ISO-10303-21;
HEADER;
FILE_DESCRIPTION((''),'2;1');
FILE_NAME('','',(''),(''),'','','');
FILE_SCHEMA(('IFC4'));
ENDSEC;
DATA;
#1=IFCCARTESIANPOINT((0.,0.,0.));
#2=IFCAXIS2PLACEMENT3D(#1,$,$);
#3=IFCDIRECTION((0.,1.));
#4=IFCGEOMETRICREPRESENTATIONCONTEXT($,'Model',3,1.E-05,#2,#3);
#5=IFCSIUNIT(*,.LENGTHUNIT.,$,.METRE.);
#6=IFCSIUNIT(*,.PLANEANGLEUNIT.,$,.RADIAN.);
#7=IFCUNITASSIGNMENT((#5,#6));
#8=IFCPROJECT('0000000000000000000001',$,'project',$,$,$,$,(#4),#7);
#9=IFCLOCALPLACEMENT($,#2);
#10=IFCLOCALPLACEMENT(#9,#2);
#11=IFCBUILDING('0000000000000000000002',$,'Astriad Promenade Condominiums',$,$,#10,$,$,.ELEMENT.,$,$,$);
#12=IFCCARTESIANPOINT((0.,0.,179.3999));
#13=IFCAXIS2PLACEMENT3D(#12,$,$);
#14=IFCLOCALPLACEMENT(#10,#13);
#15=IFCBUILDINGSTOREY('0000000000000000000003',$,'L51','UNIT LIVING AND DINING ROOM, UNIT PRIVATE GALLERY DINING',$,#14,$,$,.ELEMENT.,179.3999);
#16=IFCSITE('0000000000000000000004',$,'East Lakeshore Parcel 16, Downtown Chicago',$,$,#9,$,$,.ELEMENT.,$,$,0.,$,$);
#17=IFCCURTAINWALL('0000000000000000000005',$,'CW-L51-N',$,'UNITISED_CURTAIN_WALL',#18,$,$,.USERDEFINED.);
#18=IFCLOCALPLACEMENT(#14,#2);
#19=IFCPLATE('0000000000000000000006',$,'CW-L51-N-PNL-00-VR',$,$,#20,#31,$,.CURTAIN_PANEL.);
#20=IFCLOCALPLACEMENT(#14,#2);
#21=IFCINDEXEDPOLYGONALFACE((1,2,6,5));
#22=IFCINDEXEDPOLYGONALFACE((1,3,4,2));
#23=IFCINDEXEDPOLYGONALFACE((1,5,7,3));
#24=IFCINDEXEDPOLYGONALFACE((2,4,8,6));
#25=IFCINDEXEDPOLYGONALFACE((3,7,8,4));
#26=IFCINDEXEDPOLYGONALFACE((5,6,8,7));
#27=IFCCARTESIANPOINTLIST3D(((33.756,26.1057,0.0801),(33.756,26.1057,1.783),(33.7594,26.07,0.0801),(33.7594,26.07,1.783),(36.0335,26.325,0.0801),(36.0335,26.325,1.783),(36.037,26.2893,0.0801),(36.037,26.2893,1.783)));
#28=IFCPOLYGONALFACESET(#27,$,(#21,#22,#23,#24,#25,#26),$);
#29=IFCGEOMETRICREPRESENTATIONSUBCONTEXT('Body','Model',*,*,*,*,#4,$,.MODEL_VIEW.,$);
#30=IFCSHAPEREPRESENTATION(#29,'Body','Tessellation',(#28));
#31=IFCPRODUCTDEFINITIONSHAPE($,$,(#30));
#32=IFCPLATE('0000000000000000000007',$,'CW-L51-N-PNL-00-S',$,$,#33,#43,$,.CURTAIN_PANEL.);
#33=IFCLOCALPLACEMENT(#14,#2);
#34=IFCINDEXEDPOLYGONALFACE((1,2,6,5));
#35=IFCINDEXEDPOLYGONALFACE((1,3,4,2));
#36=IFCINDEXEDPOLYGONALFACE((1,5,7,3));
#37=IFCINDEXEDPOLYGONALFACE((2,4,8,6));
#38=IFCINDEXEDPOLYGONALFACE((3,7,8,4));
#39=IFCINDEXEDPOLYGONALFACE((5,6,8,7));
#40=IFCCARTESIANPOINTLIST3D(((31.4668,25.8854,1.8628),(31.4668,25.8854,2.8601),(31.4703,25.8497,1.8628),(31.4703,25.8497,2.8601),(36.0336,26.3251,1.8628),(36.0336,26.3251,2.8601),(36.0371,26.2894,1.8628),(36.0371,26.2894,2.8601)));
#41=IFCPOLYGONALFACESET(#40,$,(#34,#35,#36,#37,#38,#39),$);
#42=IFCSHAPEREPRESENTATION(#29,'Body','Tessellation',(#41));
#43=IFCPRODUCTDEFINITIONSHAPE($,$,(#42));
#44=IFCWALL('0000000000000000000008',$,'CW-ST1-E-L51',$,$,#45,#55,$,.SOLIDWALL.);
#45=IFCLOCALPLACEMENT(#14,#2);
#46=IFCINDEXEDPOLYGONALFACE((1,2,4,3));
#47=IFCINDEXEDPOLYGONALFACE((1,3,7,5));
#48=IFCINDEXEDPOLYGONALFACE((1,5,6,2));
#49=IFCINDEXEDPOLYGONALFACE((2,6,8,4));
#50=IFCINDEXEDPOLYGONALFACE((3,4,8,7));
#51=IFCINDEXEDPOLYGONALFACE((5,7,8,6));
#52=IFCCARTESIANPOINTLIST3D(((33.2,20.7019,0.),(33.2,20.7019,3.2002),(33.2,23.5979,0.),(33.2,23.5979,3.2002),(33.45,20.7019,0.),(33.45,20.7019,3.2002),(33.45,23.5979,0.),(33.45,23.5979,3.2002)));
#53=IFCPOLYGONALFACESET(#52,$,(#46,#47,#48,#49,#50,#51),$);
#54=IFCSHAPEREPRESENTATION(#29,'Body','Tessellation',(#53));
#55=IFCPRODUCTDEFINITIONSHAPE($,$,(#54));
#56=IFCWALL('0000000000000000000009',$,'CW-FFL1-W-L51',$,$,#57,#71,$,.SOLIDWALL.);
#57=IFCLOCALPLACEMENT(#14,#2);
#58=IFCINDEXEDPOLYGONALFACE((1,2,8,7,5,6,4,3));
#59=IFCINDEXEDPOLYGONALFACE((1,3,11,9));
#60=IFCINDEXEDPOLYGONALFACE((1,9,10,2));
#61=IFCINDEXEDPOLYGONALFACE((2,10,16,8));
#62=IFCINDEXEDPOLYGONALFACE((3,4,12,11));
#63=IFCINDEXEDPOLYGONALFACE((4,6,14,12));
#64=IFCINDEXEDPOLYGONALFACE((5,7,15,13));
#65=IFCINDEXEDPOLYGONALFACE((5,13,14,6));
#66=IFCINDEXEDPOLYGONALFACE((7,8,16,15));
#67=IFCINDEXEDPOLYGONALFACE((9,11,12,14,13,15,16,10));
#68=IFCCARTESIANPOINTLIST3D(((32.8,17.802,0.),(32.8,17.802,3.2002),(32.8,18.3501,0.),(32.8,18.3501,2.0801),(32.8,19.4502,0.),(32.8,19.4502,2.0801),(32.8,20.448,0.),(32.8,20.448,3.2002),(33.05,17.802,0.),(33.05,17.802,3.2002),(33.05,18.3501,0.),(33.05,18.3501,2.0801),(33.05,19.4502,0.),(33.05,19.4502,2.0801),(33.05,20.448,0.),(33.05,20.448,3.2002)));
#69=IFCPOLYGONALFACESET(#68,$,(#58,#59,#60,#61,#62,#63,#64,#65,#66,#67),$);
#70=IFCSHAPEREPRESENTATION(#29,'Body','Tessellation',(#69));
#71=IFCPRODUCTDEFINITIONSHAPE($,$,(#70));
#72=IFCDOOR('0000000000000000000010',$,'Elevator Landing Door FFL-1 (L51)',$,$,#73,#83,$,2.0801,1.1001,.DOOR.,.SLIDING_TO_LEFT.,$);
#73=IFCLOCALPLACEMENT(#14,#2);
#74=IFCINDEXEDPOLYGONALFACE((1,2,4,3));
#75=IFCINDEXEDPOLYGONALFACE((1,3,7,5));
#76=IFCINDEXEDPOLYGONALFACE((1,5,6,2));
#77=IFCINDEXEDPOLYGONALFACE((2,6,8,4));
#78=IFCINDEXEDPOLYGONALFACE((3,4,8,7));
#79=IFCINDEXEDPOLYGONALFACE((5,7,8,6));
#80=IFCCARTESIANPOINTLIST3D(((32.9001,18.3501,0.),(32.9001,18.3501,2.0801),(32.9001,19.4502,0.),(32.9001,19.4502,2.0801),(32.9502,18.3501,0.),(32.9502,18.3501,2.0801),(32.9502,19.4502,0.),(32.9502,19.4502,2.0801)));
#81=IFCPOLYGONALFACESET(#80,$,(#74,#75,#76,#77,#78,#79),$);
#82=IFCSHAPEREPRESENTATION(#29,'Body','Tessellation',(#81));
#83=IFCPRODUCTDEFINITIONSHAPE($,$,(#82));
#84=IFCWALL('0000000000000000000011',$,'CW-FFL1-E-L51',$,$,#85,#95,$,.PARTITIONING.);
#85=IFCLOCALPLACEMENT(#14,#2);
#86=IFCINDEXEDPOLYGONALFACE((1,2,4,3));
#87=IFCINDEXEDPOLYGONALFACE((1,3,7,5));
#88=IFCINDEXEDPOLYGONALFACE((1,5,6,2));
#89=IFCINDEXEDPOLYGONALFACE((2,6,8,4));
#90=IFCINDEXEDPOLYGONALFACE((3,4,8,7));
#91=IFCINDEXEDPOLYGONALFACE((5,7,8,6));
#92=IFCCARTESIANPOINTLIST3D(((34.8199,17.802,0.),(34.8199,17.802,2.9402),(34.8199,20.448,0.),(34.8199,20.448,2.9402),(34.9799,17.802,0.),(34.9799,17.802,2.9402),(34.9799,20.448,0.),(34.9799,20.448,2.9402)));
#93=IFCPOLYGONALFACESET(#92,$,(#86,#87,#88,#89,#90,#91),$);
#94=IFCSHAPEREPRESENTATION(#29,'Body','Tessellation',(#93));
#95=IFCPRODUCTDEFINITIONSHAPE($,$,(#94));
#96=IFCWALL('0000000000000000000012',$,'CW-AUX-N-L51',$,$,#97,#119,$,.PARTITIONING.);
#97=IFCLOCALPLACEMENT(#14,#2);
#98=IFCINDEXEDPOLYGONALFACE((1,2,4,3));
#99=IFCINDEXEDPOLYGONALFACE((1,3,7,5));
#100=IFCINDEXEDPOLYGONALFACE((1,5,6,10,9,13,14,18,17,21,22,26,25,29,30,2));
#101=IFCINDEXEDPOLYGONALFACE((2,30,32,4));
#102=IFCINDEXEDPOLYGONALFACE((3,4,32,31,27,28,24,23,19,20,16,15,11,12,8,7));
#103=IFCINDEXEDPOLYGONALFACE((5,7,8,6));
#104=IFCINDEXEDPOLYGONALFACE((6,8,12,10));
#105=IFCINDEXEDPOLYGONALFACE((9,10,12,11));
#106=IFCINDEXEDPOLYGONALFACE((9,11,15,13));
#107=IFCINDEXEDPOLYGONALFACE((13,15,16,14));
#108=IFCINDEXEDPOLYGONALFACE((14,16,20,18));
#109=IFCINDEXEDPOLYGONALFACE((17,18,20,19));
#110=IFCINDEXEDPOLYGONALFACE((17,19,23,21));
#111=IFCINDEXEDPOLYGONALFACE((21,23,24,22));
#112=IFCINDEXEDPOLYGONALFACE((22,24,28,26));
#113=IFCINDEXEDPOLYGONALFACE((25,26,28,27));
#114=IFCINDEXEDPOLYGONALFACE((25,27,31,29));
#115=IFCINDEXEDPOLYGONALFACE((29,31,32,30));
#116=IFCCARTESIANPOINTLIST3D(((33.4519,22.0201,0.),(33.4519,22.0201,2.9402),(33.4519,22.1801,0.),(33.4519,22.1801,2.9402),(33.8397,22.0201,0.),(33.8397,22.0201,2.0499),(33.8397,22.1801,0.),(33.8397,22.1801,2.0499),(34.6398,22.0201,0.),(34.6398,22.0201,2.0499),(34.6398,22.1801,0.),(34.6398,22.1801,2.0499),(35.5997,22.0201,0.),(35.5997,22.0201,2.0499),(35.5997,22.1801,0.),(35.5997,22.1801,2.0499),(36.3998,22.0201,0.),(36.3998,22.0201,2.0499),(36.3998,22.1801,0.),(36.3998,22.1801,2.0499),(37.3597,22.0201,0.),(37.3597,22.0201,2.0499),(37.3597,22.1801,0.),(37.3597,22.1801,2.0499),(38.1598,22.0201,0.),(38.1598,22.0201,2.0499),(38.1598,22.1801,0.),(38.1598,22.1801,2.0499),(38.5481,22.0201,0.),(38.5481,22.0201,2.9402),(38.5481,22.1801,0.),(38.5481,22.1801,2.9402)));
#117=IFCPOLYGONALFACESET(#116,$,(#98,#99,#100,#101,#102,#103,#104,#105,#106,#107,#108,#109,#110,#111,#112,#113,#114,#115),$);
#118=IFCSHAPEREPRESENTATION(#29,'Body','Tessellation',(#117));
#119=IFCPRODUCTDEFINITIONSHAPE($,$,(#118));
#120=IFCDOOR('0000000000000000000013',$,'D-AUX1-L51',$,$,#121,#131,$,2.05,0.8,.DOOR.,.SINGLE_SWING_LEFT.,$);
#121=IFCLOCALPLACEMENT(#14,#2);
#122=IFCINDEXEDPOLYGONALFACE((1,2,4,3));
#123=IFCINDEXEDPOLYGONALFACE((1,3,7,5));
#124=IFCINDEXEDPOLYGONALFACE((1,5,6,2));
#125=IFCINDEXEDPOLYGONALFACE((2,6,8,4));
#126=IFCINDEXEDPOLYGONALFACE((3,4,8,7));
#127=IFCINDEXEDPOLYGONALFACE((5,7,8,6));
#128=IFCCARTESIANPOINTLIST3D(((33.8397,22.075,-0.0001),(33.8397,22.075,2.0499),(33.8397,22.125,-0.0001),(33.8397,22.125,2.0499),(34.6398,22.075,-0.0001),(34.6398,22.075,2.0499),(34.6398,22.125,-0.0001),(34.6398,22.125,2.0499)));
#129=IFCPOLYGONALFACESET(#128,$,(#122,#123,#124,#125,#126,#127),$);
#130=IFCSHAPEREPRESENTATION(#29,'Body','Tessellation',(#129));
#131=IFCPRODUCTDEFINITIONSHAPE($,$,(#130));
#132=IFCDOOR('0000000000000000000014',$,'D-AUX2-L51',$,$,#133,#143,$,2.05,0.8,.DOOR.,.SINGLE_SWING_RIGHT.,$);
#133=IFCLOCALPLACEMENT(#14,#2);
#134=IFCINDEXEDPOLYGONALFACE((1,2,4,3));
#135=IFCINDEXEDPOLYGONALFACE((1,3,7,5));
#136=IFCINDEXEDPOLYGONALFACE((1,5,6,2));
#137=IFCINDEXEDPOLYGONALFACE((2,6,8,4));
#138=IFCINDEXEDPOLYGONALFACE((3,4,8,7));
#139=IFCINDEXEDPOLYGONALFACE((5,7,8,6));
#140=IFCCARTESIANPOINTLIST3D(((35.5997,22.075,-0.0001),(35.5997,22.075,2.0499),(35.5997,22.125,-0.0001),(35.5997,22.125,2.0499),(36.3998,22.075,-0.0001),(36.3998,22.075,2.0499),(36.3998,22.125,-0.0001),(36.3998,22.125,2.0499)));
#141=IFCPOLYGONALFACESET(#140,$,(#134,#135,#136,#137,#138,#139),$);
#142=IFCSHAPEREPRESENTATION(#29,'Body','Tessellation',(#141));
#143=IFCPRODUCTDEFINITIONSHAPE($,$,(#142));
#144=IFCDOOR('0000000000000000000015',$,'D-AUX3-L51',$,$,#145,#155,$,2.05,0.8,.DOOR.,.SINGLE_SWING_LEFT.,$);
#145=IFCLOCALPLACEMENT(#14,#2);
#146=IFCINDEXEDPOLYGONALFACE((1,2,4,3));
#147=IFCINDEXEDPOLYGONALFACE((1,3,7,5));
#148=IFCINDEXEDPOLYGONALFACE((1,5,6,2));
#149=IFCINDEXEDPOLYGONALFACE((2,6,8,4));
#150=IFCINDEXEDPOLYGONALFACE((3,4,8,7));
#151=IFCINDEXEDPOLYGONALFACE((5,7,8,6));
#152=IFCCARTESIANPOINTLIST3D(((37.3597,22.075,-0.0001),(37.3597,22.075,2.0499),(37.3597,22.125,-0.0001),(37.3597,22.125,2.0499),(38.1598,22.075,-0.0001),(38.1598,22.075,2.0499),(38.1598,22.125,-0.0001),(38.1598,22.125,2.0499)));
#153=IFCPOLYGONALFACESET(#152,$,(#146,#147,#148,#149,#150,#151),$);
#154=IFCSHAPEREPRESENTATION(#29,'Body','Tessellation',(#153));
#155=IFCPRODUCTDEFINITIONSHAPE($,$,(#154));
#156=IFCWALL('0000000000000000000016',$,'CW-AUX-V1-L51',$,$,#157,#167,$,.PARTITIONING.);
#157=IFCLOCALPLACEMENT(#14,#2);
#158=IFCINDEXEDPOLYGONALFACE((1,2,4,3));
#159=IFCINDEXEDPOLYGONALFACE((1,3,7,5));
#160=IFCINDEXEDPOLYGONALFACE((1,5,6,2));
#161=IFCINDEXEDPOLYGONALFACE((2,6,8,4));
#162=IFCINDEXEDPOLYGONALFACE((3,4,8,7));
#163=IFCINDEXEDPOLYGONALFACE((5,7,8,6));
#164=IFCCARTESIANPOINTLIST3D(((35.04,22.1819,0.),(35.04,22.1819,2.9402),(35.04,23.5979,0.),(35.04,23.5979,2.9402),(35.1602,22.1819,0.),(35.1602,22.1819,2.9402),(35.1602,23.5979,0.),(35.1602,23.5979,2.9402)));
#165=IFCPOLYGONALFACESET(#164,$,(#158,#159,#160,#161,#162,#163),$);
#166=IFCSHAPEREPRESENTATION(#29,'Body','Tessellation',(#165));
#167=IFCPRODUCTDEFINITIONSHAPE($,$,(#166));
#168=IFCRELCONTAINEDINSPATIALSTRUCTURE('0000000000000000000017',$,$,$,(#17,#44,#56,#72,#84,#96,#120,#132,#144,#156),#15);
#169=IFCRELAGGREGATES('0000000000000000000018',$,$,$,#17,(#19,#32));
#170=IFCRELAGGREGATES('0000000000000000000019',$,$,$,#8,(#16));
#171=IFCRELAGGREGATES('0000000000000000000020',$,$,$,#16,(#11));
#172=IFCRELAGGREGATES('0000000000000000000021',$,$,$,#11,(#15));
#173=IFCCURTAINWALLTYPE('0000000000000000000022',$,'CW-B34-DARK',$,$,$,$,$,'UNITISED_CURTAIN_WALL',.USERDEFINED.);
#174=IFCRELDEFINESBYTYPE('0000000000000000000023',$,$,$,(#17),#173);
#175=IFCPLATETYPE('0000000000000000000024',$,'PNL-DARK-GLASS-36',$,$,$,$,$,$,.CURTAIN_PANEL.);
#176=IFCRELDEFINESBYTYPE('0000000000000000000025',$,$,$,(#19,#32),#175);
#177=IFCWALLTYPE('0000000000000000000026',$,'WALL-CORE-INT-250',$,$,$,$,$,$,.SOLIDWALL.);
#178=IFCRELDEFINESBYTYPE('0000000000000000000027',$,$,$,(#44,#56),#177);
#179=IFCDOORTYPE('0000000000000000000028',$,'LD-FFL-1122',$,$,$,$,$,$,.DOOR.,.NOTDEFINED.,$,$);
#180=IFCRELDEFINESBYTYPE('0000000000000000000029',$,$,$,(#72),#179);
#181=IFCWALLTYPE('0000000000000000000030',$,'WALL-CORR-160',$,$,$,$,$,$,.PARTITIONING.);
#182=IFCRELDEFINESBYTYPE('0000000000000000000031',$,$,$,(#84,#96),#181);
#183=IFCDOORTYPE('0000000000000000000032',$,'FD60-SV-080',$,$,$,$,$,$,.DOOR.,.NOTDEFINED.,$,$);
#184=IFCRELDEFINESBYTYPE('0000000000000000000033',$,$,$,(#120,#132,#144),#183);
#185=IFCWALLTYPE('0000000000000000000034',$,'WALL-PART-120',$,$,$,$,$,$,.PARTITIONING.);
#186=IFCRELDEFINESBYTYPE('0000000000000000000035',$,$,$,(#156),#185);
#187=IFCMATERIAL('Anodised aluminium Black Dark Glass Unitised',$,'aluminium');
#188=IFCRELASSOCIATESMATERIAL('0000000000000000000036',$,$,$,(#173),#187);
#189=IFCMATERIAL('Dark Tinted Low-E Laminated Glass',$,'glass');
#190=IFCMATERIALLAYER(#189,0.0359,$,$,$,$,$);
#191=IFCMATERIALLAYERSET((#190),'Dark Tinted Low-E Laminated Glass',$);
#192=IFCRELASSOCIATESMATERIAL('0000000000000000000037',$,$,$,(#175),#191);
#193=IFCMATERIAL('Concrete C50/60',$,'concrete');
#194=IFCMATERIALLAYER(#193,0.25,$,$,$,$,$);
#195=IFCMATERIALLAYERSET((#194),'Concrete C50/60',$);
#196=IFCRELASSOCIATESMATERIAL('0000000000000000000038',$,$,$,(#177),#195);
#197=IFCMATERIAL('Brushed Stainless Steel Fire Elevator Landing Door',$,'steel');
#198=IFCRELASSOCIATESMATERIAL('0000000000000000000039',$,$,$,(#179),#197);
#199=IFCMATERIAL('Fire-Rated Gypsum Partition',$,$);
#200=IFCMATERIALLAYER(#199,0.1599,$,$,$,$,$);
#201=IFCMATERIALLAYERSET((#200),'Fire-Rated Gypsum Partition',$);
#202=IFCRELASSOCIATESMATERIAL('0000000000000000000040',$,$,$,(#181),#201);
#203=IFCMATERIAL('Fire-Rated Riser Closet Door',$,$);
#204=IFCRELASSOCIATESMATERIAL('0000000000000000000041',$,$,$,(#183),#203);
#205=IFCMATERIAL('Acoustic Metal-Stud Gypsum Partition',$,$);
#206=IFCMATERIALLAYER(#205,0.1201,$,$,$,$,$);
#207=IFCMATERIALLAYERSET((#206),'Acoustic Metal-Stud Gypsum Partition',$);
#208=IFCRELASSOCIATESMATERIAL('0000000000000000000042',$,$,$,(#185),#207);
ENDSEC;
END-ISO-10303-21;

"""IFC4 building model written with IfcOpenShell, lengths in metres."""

from ifc_helpers import new_model, si_unit, direction, frame, frame_2d, origin, origin_2d, place, context, subcontext, project, spatial, rectangle, extrude, source, transform, mapped, material, layer, layer_set, type_object, type_shapes, element, fill, aggregate, save


model = new_model("IFC4")

# Units and contexts
model_context = context("Model", 3, precision=1e-05, world=origin(), true_north=direction((0.0, 1.0)))
body_context = subcontext(model_context, "Body", "Model", "MODEL_VIEW")
ifc_project = project(units=[si_unit("LENGTHUNIT", "METRE"), si_unit("PLANEANGLEUNIT", "RADIAN")], contexts=[model_context])

# Site, building, storey
site_placement = place(None, origin())
site = spatial("IfcSite", under=ifc_project, at=site_placement, Name="East Lakeshore Parcel 16, Downtown Chicago", CompositionType="ELEMENT", RefElevation=0.0)
building_placement = place(site_placement, origin())
building = spatial("IfcBuilding", under=site, at=building_placement, Name="Astriad Promenade Condominiums", CompositionType="ELEMENT")
storey_placement = place(building_placement, frame((0.0, 0.0, 179.3999)))
storey = spatial("IfcBuildingStorey", under=building, at=storey_placement, Name="L51", Description="UNIT LIVING AND DINING ROOM, UNIT PRIVATE GALLERY DINING", CompositionType="ELEMENT", Elevation=179.3999)

# Curtain wall, plates
ifc_material_1 = material(Name="Anodised aluminium Black Dark Glass Unitised", Category="aluminium")
curtain_wall_type = type_object("IfcCurtainWallType", Name="CW-B34-DARK", ElementType="UNITISED_CURTAIN_WALL", PredefinedType="USERDEFINED", material=ifc_material_1)
curtain_wall_placement = place(storey_placement, origin())
curtain_wall = element("IfcCurtainWall", 1, at=curtain_wall_placement, inside=storey, type_object=curtain_wall_type, Name="CW-L51-N", ObjectType="UNITISED_CURTAIN_WALL", PredefinedType="USERDEFINED")
ifc_material_2 = material(Name="Dark Tinted Low-E Laminated Glass", Category="glass")
ifc_layer_1 = layer(ifc_material_2, 0.0359)
ifc_layer_set_1 = layer_set([ifc_layer_1], Name="Dark Tinted Low-E Laminated Glass")
plate_type = type_object("IfcPlateType", Name="PNL-DARK-GLASS-36", PredefinedType="CURTAIN_PANEL", material=ifc_layer_set_1)
shared_shape_1 = source(origin(), body_context, "Body", "SweptSolid", [
    extrude(rectangle(XDim=2.2881, YDim=0.0359, at=origin_2d()), origin(), (0.0, 0.0, 1.0), 1.7029),
])
plate_1_placement = place(storey_placement, frame((34.8965, 26.1975, 0.0801), z_axis=(0.0, 0.0, 1.0), x_axis=(0.995396, 0.095846, 0.0)))
plate_1 = element("IfcPlate", 2, at=plate_1_placement, type_object=plate_type, Name="CW-L51-N-PNL-00-VR", PredefinedType="CURTAIN_PANEL", context=body_context, shape_type="MappedRepresentation", body=[
    mapped(shared_shape_1, transform((0.0, 0.0, 0.0), scale=1.0)),
])
shared_shape_2 = source(origin(), body_context, "Body", "SweptSolid", [
    extrude(rectangle(XDim=4.5879, YDim=0.0359, at=origin_2d()), origin(), (0.0, 0.0, 1.0), 0.9973),
])
type_shapes(plate_type, [shared_shape_1, shared_shape_2])
plate_2_placement = place(storey_placement, frame((33.752, 26.0874, 1.8628), z_axis=(0.0, 0.0, 1.0), x_axis=(0.995396, 0.095846, 0.0)))
plate_2 = element("IfcPlate", 3, at=plate_2_placement, type_object=plate_type, Name="CW-L51-N-PNL-00-S", PredefinedType="CURTAIN_PANEL", context=body_context, shape_type="MappedRepresentation", body=[
    mapped(shared_shape_2, transform((0.0, 0.0, 0.0), scale=1.0)),
])
aggregate(curtain_wall, [plate_1, plate_2])

# Wall
ifc_material_3 = material(Name="Concrete C50/60", Category="concrete")
ifc_layer_2 = layer(ifc_material_3, 0.25)
ifc_layer_set_2 = layer_set([ifc_layer_2], Name="Concrete C50/60")
wall_type_1 = type_object("IfcWallType", Name="WALL-CORE-INT-250", PredefinedType="SOLIDWALL", material=ifc_layer_set_2)
wall_1_placement = place(storey_placement, frame((33.325, 20.7019, 0.0), z_axis=(0.0, 0.0, 1.0), x_axis=(0.0, 1.0, 0.0)))
element("IfcWall", 4, at=wall_1_placement, inside=storey, type_object=wall_type_1, Name="CW-ST1-E-L51", PredefinedType="SOLIDWALL", context=body_context, shape_type="SweptSolid", body=[
    extrude(rectangle(XDim=2.896, YDim=0.25, at=frame_2d((1.448, 0.0))), origin(), (0.0, 0.0, 1.0), 3.2002),
])

# Wall, opening, door
wall_2_placement = place(storey_placement, frame((32.925, 17.802, 0.0), z_axis=(0.0, 0.0, 1.0), x_axis=(0.0, 1.0, 0.0)))
wall_2 = element("IfcWall", 5, at=wall_2_placement, inside=storey, type_object=wall_type_1, Name="CW-FFL1-W-L51", PredefinedType="SOLIDWALL", context=body_context, shape_type="SweptSolid", body=[
    extrude(rectangle(XDim=2.646, YDim=0.25, at=frame_2d((1.323, 0.0))), origin(), (0.0, 0.0, 1.0), 3.2002),
])
opening_1_placement = place(wall_2_placement, frame((0.5481, 0.0, 0.0)))
opening_1 = element("IfcOpeningElement", 6, at=opening_1_placement, cuts=wall_2, PredefinedType="OPENING", context=body_context, shape_type="SweptSolid", body=[
    extrude(rectangle(XDim=1.1001, YDim=2.0801, at=frame_2d((0.55, 1.04))), frame((0.0, 0.135, 0.0), z_axis=(0.0, -1.0, 0.0), x_axis=(1.0, 0.0, 0.0)), (0.0, 0.0, 1.0), 0.27),
])
ifc_material_4 = material(Name="Brushed Stainless Steel Fire Elevator Landing Door", Category="steel")
door_type_1 = type_object("IfcDoorType", Name="LD-FFL-1122", OperationType="NOTDEFINED", PredefinedType="DOOR", material=ifc_material_4)
shared_shape_3 = source(origin(), body_context, "Body", "SweptSolid", [
    extrude(rectangle(XDim=1.1001, YDim=2.0801, at=frame_2d((0.55, 1.04))), frame((0.0, 0.0249, 0.0), z_axis=(0.0, -1.0, 0.0), x_axis=(1.0, 0.0, 0.0)), (0.0, 0.0, 1.0), 0.05),
])
type_shapes(door_type_1, [shared_shape_3])
door_1_placement = place(opening_1_placement, origin())
door_1 = element("IfcDoor", 7, at=door_1_placement, inside=storey, type_object=door_type_1, Name="Elevator Landing Door FFL-1 (L51)", OperationType="SLIDING_TO_LEFT", OverallHeight=2.0801, OverallWidth=1.1001, PredefinedType="DOOR", context=body_context, shape_type="MappedRepresentation", body=[
    mapped(shared_shape_3, transform((0.0, 0.0, 0.0), scale=1.0)),
])
fill(opening_1, door_1)

# Wall
ifc_material_5 = material(Name="Fire-Rated Gypsum Partition")
ifc_layer_3 = layer(ifc_material_5, 0.1599)
ifc_layer_set_3 = layer_set([ifc_layer_3], Name="Fire-Rated Gypsum Partition")
wall_type_2 = type_object("IfcWallType", Name="WALL-CORR-160", PredefinedType="PARTITIONING", material=ifc_layer_set_3)
wall_3_placement = place(storey_placement, frame((34.8999, 17.802, 0.0), z_axis=(0.0, 0.0, 1.0), x_axis=(0.0, 1.0, 0.0)))
element("IfcWall", 8, at=wall_3_placement, inside=storey, type_object=wall_type_2, Name="CW-FFL1-E-L51", PredefinedType="PARTITIONING", context=body_context, shape_type="SweptSolid", body=[
    extrude(rectangle(XDim=2.646, YDim=0.1599, at=frame_2d((1.323, 0.0))), origin(), (0.0, 0.0, 1.0), 2.9402),
])

# Wall, openings, doors
wall_4_placement = place(storey_placement, frame((33.4519, 22.1001, 0.0), z_axis=(0.0, 0.0, 1.0), x_axis=(1.0, 0.0, 0.0)))
wall_4 = element("IfcWall", 9, at=wall_4_placement, inside=storey, type_object=wall_type_2, Name="CW-AUX-N-L51", PredefinedType="PARTITIONING", context=body_context, shape_type="SweptSolid", body=[
    extrude(rectangle(XDim=5.0962, YDim=0.1599, at=frame_2d((2.5481, 0.0))), origin(), (0.0, 0.0, 1.0), 2.9402),
])
opening_2_placement = place(wall_4_placement, frame((0.3879, 0.0, 0.0)))
opening_2 = element("IfcOpeningElement", 10, at=opening_2_placement, cuts=wall_4, PredefinedType="OPENING", context=body_context, shape_type="SweptSolid", body=[
    extrude(rectangle(XDim=0.8, YDim=2.05, at=frame_2d((0.3999, 1.0249))), frame((0.0, 0.0898, 0.0), z_axis=(0.0, -1.0, 0.0), x_axis=(1.0, 0.0, 0.0)), (0.0, 0.0, 1.0), 0.1799),
])
opening_3_placement = place(wall_4_placement, frame((2.1479, 0.0, 0.0)))
opening_3 = element("IfcOpeningElement", 11, at=opening_3_placement, cuts=wall_4, PredefinedType="OPENING", context=body_context, shape_type="SweptSolid", body=[
    extrude(rectangle(XDim=0.8, YDim=2.05, at=frame_2d((0.3999, 1.0249))), frame((0.0, 0.0898, 0.0), z_axis=(0.0, -1.0, 0.0), x_axis=(1.0, 0.0, 0.0)), (0.0, 0.0, 1.0), 0.1799),
])
opening_4_placement = place(wall_4_placement, frame((3.908, 0.0, 0.0)))
opening_4 = element("IfcOpeningElement", 12, at=opening_4_placement, cuts=wall_4, PredefinedType="OPENING", context=body_context, shape_type="SweptSolid", body=[
    extrude(rectangle(XDim=0.8, YDim=2.05, at=frame_2d((0.3999, 1.0249))), frame((0.0, 0.0898, 0.0), z_axis=(0.0, -1.0, 0.0), x_axis=(1.0, 0.0, 0.0)), (0.0, 0.0, 1.0), 0.1799),
])
ifc_material_6 = material(Name="Fire-Rated Riser Closet Door")
door_type_2 = type_object("IfcDoorType", Name="FD60-SV-080", OperationType="NOTDEFINED", PredefinedType="DOOR", material=ifc_material_6)
shared_shape_4 = source(origin(), body_context, "Body", "SweptSolid", [
    extrude(rectangle(XDim=0.8, YDim=2.05, at=frame_2d((0.3999, 1.0249))), frame((0.0, 0.0249, 0.0), z_axis=(0.0, -1.0, 0.0), x_axis=(1.0, 0.0, 0.0)), (0.0, 0.0, 1.0), 0.05),
])
type_shapes(door_type_2, [shared_shape_4])
door_2_placement = place(opening_2_placement, origin())
door_2 = element("IfcDoor", 13, at=door_2_placement, inside=storey, type_object=door_type_2, Name="D-AUX1-L51", OperationType="SINGLE_SWING_LEFT", OverallHeight=2.05, OverallWidth=0.8, PredefinedType="DOOR", context=body_context, shape_type="MappedRepresentation", body=[
    mapped(shared_shape_4, transform((0.0, 0.0, 0.0), scale=1.0)),
])
fill(opening_2, door_2)
door_3_placement = place(opening_3_placement, origin())
door_3 = element("IfcDoor", 14, at=door_3_placement, inside=storey, type_object=door_type_2, Name="D-AUX2-L51", OperationType="SINGLE_SWING_RIGHT", OverallHeight=2.05, OverallWidth=0.8, PredefinedType="DOOR", context=body_context, shape_type="MappedRepresentation", body=[
    mapped(shared_shape_4, transform((0.0, 0.0, 0.0), scale=1.0)),
])
fill(opening_3, door_3)
door_4_placement = place(opening_4_placement, origin())
door_4 = element("IfcDoor", 15, at=door_4_placement, inside=storey, type_object=door_type_2, Name="D-AUX3-L51", OperationType="SINGLE_SWING_LEFT", OverallHeight=2.05, OverallWidth=0.8, PredefinedType="DOOR", context=body_context, shape_type="MappedRepresentation", body=[
    mapped(shared_shape_4, transform((0.0, 0.0, 0.0), scale=1.0)),
])
fill(opening_4, door_4)

# Wall
ifc_material_7 = material(Name="Acoustic Metal-Stud Gypsum Partition")
ifc_layer_4 = layer(ifc_material_7, 0.1201)
ifc_layer_set_4 = layer_set([ifc_layer_4], Name="Acoustic Metal-Stud Gypsum Partition")
wall_type_3 = type_object("IfcWallType", Name="WALL-PART-120", PredefinedType="PARTITIONING", material=ifc_layer_set_4)
for number, where, z_axis, x_axis, name in (
    (16, (35.1001, 22.1819, 0.0), (0.0, 0.0, 1.0), (0.0, 1.0, 0.0), "CW-AUX-V1-L51"),
):
    element("IfcWall", number, at=place(storey_placement, frame(where, z_axis=z_axis, x_axis=x_axis)), inside=storey, type_object=wall_type_3, Name=name, PredefinedType="PARTITIONING", context=body_context, shape_type="SweptSolid", body=[
        extrude(rectangle(XDim=1.416, YDim=0.1201, at=frame_2d((0.708, 0.0))), origin(), (0.0, 0.0, 1.0), 2.9402),
    ])

save(model, "model.ifc")
